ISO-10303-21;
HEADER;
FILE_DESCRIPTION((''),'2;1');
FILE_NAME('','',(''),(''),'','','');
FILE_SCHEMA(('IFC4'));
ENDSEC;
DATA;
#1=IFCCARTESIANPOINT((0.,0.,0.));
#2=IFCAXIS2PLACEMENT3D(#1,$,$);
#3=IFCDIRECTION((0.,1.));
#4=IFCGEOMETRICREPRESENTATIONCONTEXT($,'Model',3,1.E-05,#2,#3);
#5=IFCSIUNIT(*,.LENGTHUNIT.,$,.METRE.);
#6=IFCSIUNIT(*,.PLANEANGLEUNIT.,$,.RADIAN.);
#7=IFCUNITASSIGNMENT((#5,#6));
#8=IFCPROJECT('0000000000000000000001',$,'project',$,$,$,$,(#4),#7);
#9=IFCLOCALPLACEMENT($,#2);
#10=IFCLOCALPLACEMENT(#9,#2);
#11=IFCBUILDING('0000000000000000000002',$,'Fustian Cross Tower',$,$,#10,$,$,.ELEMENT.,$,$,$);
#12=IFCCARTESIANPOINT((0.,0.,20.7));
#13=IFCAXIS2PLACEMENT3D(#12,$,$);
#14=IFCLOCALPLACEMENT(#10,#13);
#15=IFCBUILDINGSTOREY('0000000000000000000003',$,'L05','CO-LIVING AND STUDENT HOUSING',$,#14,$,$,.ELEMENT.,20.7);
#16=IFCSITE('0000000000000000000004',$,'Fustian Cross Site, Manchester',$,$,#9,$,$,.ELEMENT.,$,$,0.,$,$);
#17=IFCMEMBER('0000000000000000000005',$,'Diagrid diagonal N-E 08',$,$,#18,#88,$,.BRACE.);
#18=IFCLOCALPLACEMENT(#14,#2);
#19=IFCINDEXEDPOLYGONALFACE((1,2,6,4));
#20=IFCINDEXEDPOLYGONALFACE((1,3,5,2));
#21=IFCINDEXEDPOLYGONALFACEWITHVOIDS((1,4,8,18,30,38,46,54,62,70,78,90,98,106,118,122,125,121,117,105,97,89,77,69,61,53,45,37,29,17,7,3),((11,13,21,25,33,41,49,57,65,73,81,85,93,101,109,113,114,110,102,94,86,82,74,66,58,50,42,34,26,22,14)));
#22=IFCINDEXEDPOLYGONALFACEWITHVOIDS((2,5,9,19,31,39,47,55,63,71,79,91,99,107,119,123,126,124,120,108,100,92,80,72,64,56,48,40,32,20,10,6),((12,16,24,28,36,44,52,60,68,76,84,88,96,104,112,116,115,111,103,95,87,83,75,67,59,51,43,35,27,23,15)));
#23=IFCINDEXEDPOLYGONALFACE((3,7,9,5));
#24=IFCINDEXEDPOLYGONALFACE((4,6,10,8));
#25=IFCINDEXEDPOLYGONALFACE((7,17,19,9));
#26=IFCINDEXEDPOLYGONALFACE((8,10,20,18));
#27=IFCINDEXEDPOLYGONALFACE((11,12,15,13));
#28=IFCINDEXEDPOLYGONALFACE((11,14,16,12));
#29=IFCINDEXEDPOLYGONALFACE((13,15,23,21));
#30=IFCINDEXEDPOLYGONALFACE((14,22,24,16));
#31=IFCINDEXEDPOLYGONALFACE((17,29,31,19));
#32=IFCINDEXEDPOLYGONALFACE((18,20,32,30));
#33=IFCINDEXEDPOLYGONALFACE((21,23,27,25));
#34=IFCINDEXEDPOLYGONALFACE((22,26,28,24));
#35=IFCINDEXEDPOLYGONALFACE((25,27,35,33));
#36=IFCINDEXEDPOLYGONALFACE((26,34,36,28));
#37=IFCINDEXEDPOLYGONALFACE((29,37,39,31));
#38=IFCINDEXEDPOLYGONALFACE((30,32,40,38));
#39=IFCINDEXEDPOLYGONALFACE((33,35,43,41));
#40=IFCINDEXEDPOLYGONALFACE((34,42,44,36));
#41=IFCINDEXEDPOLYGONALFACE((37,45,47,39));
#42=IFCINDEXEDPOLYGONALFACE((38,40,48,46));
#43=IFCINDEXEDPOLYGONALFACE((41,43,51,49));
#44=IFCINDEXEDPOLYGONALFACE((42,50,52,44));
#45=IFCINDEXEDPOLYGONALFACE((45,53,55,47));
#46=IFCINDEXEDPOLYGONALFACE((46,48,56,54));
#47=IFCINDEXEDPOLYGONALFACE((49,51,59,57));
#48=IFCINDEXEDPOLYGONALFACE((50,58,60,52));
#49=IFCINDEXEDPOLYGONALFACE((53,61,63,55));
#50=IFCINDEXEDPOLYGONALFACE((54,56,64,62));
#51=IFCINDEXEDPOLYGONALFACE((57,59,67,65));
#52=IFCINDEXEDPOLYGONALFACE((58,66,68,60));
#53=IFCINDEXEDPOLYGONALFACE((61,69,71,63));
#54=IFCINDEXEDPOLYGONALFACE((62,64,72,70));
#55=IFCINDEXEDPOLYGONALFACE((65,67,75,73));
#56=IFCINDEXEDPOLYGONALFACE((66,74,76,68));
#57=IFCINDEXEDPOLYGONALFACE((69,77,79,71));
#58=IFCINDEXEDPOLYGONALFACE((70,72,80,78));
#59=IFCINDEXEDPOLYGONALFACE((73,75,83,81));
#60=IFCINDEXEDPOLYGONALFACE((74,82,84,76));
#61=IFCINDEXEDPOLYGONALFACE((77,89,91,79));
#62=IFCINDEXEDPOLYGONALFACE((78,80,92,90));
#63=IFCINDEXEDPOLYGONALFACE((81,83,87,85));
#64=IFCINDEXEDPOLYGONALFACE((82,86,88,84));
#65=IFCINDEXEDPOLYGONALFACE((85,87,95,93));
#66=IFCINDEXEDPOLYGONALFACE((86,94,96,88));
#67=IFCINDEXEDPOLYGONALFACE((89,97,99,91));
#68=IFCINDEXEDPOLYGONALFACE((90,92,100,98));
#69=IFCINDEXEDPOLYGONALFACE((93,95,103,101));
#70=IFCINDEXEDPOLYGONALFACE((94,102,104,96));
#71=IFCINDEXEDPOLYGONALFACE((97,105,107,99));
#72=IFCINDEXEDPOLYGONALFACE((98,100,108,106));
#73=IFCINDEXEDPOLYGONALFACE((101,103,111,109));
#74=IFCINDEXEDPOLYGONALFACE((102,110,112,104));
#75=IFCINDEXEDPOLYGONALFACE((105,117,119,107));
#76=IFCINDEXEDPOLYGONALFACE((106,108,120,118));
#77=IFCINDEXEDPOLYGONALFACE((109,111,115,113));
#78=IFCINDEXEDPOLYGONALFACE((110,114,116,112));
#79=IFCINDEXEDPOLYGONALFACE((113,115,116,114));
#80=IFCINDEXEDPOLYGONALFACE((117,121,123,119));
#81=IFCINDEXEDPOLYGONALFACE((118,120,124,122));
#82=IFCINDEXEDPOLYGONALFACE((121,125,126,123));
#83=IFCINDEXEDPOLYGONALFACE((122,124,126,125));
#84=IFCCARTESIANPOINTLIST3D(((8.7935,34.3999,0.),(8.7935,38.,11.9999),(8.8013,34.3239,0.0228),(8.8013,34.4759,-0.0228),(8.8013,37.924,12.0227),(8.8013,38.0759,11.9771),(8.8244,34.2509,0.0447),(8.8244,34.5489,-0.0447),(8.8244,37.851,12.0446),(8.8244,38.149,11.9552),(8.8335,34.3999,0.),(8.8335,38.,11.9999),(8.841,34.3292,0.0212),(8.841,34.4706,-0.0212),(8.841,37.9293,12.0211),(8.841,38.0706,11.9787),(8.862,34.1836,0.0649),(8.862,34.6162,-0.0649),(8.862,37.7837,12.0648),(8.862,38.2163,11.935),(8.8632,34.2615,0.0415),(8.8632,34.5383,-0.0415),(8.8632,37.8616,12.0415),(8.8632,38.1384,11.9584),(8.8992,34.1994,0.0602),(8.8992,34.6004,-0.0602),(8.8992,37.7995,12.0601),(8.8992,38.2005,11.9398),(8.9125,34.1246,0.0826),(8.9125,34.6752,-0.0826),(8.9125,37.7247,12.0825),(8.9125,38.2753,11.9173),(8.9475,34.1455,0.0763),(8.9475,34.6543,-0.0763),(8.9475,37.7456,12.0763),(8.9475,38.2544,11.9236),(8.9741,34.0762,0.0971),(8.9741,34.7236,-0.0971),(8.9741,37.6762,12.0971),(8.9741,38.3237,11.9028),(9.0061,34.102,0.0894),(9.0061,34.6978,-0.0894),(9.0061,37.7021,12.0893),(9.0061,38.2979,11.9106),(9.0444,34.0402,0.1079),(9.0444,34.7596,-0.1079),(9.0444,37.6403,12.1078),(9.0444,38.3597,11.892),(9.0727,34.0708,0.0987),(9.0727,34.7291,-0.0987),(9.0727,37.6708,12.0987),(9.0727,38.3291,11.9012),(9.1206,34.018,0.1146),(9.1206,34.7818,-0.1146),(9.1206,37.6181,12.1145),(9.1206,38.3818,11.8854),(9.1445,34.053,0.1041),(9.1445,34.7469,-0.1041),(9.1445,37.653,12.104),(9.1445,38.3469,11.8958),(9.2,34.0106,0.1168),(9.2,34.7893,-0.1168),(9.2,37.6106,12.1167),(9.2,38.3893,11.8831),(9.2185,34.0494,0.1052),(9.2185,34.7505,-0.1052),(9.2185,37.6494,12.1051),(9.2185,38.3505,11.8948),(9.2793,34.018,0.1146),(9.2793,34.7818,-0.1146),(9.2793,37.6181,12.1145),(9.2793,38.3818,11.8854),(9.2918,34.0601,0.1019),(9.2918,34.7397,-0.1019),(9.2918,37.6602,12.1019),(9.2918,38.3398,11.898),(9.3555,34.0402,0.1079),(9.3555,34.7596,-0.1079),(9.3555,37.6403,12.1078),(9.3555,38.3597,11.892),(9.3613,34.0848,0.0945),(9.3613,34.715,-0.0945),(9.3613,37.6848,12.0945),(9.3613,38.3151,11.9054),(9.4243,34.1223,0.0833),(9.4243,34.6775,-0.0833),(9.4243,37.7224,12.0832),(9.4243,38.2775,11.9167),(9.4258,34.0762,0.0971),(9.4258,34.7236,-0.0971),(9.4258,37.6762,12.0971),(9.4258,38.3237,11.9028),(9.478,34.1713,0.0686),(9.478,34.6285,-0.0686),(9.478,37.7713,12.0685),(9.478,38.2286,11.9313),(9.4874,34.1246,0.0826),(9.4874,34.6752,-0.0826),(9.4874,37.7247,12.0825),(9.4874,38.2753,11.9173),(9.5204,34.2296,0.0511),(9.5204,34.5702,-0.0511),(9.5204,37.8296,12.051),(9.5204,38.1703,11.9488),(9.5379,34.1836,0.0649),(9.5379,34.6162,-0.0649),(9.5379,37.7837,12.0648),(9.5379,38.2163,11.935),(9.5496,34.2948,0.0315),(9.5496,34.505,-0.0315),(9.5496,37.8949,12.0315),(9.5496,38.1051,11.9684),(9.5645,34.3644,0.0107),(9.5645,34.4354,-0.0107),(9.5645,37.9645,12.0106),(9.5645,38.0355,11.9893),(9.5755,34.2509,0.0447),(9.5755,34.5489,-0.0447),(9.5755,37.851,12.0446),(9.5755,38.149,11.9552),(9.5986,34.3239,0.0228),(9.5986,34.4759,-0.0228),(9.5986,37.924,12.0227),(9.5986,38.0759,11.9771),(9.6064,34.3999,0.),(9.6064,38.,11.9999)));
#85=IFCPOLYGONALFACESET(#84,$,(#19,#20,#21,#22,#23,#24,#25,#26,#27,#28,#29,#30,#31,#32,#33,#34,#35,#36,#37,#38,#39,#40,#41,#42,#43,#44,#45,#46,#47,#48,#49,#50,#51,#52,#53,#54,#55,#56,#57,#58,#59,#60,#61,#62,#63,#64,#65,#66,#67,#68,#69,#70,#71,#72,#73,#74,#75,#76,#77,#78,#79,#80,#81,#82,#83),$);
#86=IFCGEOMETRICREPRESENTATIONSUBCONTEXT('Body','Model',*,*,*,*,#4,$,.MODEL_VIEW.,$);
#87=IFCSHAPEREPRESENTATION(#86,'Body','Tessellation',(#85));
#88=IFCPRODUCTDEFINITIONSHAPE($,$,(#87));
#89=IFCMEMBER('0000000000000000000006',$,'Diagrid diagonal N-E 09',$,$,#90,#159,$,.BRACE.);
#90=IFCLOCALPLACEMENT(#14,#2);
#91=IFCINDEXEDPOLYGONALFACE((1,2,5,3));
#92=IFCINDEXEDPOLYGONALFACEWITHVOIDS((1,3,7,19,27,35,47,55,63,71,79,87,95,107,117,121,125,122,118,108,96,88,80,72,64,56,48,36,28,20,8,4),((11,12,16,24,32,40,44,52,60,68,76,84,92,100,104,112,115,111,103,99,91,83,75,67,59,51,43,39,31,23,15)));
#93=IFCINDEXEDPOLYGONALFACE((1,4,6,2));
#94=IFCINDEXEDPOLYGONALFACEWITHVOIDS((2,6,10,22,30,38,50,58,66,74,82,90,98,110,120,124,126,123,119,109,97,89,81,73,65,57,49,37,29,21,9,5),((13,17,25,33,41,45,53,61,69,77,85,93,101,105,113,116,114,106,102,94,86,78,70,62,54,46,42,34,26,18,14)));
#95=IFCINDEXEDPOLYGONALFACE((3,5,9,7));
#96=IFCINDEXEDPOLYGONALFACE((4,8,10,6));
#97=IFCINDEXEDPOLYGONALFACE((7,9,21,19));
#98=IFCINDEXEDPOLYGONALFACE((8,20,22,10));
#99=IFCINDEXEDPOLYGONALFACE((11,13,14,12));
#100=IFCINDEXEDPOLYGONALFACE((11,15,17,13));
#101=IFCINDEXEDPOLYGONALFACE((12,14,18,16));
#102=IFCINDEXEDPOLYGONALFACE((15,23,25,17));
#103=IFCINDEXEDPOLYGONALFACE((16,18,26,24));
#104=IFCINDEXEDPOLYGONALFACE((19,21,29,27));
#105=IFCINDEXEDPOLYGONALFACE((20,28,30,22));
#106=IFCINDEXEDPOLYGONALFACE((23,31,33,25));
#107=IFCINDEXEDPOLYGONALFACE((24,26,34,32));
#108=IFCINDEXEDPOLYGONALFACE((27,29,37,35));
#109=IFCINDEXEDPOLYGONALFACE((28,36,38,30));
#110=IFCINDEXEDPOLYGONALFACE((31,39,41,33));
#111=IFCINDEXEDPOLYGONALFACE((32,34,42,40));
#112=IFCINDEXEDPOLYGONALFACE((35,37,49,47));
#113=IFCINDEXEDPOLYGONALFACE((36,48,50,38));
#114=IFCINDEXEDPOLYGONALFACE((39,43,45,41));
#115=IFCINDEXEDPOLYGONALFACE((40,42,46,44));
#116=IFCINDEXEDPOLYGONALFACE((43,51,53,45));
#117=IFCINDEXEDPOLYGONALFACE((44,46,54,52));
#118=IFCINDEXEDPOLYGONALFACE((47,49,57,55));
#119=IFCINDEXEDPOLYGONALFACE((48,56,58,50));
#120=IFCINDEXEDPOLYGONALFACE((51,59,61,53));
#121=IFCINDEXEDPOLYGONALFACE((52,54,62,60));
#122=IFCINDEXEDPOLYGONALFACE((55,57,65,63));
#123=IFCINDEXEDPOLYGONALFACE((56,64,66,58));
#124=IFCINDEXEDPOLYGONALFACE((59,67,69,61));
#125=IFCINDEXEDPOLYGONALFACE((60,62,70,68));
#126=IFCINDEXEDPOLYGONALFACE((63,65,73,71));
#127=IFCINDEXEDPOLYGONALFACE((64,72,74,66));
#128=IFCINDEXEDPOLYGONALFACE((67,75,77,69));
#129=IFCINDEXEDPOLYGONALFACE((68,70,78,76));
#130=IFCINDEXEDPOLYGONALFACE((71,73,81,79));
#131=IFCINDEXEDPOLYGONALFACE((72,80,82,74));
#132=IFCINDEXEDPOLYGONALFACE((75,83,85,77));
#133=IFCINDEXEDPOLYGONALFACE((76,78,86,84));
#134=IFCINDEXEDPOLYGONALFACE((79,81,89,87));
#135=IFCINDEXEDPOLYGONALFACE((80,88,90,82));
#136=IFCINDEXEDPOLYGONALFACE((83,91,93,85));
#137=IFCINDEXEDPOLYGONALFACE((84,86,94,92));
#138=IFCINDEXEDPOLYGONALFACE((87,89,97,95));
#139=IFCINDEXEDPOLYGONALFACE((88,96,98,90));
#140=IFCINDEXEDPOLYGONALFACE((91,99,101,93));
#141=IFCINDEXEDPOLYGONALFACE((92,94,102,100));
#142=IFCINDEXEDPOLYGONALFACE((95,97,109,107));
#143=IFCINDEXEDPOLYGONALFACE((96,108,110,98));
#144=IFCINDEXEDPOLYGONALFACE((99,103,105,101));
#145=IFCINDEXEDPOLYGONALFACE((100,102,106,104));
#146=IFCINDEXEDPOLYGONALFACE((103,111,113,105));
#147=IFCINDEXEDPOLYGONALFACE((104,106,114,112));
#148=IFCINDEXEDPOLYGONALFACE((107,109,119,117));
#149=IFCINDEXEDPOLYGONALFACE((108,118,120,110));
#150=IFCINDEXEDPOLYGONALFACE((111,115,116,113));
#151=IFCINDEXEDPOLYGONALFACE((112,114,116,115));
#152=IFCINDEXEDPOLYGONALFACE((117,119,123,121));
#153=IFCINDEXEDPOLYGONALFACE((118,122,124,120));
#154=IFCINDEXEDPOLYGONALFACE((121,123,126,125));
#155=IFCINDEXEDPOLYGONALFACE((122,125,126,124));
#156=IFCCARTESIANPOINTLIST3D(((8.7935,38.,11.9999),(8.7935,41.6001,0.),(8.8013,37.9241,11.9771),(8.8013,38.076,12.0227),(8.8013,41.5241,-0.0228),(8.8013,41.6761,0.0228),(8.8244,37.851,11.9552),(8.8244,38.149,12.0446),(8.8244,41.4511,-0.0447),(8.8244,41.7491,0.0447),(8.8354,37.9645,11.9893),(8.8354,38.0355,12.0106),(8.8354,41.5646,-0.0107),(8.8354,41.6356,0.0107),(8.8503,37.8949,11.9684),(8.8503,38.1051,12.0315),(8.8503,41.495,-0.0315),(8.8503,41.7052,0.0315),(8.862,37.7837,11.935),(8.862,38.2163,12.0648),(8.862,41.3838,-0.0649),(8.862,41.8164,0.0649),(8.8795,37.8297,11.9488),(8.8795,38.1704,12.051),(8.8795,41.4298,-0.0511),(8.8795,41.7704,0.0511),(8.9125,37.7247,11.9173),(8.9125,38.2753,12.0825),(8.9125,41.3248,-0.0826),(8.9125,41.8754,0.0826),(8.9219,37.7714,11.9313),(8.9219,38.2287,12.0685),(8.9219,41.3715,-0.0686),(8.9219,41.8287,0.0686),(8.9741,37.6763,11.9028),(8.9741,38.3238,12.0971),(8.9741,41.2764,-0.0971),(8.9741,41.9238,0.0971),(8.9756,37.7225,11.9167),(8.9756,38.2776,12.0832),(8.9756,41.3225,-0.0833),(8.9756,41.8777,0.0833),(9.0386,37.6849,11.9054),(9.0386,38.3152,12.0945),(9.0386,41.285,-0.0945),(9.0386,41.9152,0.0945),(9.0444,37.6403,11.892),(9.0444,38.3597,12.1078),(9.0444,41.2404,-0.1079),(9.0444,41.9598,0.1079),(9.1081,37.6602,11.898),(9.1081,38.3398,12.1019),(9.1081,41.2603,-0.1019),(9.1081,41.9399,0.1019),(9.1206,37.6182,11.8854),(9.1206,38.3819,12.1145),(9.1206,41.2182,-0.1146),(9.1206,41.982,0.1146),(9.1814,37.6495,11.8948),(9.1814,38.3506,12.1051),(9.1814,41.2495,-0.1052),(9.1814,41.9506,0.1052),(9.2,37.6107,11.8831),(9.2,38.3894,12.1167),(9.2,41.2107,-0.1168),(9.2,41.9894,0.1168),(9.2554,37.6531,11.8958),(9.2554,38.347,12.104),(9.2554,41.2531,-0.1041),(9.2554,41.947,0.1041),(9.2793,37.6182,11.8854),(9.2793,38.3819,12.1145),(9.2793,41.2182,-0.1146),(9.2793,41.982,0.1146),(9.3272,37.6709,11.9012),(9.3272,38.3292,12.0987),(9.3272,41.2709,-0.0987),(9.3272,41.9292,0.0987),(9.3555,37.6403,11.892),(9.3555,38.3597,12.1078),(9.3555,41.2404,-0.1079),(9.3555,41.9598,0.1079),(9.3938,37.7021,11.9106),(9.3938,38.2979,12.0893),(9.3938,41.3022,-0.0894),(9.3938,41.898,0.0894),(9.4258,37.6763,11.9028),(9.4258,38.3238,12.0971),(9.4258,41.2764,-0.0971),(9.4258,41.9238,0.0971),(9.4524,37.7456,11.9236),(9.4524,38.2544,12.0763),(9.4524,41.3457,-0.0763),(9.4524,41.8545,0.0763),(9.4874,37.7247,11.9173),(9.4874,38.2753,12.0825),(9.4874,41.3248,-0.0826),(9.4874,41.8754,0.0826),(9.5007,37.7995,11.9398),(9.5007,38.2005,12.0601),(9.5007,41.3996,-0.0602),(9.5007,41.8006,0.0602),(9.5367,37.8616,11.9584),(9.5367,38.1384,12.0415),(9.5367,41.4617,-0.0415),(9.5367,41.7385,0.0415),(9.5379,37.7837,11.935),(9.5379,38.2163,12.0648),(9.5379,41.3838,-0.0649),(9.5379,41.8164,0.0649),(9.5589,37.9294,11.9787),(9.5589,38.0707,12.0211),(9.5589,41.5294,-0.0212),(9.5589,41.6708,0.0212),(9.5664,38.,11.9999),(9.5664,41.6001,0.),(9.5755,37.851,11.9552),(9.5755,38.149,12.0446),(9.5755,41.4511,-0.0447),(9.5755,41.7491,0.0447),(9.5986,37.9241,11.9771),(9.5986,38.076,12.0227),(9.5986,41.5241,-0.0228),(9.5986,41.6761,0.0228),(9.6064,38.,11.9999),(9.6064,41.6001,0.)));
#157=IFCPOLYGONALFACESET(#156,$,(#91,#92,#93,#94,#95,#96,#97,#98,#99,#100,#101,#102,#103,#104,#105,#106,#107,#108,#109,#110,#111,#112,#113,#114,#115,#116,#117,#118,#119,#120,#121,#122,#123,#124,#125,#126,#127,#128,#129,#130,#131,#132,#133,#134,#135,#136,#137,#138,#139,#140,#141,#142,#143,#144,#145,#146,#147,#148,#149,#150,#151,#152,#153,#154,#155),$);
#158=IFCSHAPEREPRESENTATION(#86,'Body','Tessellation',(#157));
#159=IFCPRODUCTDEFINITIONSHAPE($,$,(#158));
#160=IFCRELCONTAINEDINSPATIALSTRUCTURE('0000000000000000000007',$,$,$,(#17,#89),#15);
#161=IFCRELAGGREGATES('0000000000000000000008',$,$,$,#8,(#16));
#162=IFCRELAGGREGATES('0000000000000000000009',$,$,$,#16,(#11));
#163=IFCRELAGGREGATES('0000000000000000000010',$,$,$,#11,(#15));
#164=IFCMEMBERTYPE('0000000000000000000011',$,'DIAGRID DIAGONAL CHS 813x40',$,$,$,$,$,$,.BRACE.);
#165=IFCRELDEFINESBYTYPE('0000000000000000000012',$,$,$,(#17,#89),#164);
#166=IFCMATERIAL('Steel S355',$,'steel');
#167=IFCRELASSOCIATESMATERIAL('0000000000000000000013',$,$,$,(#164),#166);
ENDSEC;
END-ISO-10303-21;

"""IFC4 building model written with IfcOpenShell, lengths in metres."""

from ifc_helpers import new_model, si_unit, direction, frame, origin, origin_2d, place, context, subcontext, project, spatial, hollow_circle, extrude, material, material_profile, profile_set, type_object, element, save


model = new_model("IFC4")

# Units and contexts
model_context = context("Model", 3, precision=1e-05, world=origin(), true_north=direction((0.0, 1.0)))
body_context = subcontext(model_context, "Body", "Model", "MODEL_VIEW")
ifc_project = project(units=[si_unit("LENGTHUNIT", "METRE"), si_unit("PLANEANGLEUNIT", "RADIAN")], contexts=[model_context])

# Site, building, storey
site_placement = place(None, origin())
site = spatial("IfcSite", under=ifc_project, at=site_placement, Name="Fustian Cross Site, Manchester", CompositionType="ELEMENT", RefElevation=0.0)
building_placement = place(site_placement, origin())
building = spatial("IfcBuilding", under=site, at=building_placement, Name="Fustian Cross Tower", CompositionType="ELEMENT")
storey_placement = place(building_placement, frame((0.0, 0.0, 20.7)))
storey = spatial("IfcBuildingStorey", under=building, at=storey_placement, Name="L05", Description="CO-LIVING AND STUDENT HOUSING", CompositionType="ELEMENT", Elevation=20.7)

# Members
ifc_material_1 = material(Name="Steel S355", Category="steel")
ifc_material_profile_1 = material_profile(ifc_material_1, hollow_circle(Radius=0.4065, WallThickness=0.04, at=origin_2d()), Name="CHS 813x40")
ifc_profile_set_1 = profile_set([ifc_material_profile_1], Name="Steel S355")
member_type_1 = type_object("IfcMemberType", Name="DIAGRID DIAGONAL CHS 813x40", PredefinedType="BRACE", material=ifc_profile_set_1)
for number, where, z_axis, x_axis, name in (
    (1, (9.2, 34.3999, 0.0), (0.0, 0.287355, 0.957824), (-1.0, 0.0, 0.0), "Diagrid diagonal N-E 08"),
    (2, (9.2, 41.6001, 0.0), (0.0, -0.287355, 0.957824), (1.0, 0.0, 0.0), "Diagrid diagonal N-E 09"),
):
    element("IfcMember", number, at=place(storey_placement, frame(where, z_axis=z_axis, x_axis=x_axis)), inside=storey, type_object=member_type_1, Name=name, PredefinedType="BRACE", context=body_context, shape_type="SweptSolid", body=[
        extrude(hollow_circle(Radius=0.4065, WallThickness=0.04, at=origin_2d()), origin(), (0.0, 0.0, 1.0), 12.5283),
    ])

save(model, "model.ifc")
